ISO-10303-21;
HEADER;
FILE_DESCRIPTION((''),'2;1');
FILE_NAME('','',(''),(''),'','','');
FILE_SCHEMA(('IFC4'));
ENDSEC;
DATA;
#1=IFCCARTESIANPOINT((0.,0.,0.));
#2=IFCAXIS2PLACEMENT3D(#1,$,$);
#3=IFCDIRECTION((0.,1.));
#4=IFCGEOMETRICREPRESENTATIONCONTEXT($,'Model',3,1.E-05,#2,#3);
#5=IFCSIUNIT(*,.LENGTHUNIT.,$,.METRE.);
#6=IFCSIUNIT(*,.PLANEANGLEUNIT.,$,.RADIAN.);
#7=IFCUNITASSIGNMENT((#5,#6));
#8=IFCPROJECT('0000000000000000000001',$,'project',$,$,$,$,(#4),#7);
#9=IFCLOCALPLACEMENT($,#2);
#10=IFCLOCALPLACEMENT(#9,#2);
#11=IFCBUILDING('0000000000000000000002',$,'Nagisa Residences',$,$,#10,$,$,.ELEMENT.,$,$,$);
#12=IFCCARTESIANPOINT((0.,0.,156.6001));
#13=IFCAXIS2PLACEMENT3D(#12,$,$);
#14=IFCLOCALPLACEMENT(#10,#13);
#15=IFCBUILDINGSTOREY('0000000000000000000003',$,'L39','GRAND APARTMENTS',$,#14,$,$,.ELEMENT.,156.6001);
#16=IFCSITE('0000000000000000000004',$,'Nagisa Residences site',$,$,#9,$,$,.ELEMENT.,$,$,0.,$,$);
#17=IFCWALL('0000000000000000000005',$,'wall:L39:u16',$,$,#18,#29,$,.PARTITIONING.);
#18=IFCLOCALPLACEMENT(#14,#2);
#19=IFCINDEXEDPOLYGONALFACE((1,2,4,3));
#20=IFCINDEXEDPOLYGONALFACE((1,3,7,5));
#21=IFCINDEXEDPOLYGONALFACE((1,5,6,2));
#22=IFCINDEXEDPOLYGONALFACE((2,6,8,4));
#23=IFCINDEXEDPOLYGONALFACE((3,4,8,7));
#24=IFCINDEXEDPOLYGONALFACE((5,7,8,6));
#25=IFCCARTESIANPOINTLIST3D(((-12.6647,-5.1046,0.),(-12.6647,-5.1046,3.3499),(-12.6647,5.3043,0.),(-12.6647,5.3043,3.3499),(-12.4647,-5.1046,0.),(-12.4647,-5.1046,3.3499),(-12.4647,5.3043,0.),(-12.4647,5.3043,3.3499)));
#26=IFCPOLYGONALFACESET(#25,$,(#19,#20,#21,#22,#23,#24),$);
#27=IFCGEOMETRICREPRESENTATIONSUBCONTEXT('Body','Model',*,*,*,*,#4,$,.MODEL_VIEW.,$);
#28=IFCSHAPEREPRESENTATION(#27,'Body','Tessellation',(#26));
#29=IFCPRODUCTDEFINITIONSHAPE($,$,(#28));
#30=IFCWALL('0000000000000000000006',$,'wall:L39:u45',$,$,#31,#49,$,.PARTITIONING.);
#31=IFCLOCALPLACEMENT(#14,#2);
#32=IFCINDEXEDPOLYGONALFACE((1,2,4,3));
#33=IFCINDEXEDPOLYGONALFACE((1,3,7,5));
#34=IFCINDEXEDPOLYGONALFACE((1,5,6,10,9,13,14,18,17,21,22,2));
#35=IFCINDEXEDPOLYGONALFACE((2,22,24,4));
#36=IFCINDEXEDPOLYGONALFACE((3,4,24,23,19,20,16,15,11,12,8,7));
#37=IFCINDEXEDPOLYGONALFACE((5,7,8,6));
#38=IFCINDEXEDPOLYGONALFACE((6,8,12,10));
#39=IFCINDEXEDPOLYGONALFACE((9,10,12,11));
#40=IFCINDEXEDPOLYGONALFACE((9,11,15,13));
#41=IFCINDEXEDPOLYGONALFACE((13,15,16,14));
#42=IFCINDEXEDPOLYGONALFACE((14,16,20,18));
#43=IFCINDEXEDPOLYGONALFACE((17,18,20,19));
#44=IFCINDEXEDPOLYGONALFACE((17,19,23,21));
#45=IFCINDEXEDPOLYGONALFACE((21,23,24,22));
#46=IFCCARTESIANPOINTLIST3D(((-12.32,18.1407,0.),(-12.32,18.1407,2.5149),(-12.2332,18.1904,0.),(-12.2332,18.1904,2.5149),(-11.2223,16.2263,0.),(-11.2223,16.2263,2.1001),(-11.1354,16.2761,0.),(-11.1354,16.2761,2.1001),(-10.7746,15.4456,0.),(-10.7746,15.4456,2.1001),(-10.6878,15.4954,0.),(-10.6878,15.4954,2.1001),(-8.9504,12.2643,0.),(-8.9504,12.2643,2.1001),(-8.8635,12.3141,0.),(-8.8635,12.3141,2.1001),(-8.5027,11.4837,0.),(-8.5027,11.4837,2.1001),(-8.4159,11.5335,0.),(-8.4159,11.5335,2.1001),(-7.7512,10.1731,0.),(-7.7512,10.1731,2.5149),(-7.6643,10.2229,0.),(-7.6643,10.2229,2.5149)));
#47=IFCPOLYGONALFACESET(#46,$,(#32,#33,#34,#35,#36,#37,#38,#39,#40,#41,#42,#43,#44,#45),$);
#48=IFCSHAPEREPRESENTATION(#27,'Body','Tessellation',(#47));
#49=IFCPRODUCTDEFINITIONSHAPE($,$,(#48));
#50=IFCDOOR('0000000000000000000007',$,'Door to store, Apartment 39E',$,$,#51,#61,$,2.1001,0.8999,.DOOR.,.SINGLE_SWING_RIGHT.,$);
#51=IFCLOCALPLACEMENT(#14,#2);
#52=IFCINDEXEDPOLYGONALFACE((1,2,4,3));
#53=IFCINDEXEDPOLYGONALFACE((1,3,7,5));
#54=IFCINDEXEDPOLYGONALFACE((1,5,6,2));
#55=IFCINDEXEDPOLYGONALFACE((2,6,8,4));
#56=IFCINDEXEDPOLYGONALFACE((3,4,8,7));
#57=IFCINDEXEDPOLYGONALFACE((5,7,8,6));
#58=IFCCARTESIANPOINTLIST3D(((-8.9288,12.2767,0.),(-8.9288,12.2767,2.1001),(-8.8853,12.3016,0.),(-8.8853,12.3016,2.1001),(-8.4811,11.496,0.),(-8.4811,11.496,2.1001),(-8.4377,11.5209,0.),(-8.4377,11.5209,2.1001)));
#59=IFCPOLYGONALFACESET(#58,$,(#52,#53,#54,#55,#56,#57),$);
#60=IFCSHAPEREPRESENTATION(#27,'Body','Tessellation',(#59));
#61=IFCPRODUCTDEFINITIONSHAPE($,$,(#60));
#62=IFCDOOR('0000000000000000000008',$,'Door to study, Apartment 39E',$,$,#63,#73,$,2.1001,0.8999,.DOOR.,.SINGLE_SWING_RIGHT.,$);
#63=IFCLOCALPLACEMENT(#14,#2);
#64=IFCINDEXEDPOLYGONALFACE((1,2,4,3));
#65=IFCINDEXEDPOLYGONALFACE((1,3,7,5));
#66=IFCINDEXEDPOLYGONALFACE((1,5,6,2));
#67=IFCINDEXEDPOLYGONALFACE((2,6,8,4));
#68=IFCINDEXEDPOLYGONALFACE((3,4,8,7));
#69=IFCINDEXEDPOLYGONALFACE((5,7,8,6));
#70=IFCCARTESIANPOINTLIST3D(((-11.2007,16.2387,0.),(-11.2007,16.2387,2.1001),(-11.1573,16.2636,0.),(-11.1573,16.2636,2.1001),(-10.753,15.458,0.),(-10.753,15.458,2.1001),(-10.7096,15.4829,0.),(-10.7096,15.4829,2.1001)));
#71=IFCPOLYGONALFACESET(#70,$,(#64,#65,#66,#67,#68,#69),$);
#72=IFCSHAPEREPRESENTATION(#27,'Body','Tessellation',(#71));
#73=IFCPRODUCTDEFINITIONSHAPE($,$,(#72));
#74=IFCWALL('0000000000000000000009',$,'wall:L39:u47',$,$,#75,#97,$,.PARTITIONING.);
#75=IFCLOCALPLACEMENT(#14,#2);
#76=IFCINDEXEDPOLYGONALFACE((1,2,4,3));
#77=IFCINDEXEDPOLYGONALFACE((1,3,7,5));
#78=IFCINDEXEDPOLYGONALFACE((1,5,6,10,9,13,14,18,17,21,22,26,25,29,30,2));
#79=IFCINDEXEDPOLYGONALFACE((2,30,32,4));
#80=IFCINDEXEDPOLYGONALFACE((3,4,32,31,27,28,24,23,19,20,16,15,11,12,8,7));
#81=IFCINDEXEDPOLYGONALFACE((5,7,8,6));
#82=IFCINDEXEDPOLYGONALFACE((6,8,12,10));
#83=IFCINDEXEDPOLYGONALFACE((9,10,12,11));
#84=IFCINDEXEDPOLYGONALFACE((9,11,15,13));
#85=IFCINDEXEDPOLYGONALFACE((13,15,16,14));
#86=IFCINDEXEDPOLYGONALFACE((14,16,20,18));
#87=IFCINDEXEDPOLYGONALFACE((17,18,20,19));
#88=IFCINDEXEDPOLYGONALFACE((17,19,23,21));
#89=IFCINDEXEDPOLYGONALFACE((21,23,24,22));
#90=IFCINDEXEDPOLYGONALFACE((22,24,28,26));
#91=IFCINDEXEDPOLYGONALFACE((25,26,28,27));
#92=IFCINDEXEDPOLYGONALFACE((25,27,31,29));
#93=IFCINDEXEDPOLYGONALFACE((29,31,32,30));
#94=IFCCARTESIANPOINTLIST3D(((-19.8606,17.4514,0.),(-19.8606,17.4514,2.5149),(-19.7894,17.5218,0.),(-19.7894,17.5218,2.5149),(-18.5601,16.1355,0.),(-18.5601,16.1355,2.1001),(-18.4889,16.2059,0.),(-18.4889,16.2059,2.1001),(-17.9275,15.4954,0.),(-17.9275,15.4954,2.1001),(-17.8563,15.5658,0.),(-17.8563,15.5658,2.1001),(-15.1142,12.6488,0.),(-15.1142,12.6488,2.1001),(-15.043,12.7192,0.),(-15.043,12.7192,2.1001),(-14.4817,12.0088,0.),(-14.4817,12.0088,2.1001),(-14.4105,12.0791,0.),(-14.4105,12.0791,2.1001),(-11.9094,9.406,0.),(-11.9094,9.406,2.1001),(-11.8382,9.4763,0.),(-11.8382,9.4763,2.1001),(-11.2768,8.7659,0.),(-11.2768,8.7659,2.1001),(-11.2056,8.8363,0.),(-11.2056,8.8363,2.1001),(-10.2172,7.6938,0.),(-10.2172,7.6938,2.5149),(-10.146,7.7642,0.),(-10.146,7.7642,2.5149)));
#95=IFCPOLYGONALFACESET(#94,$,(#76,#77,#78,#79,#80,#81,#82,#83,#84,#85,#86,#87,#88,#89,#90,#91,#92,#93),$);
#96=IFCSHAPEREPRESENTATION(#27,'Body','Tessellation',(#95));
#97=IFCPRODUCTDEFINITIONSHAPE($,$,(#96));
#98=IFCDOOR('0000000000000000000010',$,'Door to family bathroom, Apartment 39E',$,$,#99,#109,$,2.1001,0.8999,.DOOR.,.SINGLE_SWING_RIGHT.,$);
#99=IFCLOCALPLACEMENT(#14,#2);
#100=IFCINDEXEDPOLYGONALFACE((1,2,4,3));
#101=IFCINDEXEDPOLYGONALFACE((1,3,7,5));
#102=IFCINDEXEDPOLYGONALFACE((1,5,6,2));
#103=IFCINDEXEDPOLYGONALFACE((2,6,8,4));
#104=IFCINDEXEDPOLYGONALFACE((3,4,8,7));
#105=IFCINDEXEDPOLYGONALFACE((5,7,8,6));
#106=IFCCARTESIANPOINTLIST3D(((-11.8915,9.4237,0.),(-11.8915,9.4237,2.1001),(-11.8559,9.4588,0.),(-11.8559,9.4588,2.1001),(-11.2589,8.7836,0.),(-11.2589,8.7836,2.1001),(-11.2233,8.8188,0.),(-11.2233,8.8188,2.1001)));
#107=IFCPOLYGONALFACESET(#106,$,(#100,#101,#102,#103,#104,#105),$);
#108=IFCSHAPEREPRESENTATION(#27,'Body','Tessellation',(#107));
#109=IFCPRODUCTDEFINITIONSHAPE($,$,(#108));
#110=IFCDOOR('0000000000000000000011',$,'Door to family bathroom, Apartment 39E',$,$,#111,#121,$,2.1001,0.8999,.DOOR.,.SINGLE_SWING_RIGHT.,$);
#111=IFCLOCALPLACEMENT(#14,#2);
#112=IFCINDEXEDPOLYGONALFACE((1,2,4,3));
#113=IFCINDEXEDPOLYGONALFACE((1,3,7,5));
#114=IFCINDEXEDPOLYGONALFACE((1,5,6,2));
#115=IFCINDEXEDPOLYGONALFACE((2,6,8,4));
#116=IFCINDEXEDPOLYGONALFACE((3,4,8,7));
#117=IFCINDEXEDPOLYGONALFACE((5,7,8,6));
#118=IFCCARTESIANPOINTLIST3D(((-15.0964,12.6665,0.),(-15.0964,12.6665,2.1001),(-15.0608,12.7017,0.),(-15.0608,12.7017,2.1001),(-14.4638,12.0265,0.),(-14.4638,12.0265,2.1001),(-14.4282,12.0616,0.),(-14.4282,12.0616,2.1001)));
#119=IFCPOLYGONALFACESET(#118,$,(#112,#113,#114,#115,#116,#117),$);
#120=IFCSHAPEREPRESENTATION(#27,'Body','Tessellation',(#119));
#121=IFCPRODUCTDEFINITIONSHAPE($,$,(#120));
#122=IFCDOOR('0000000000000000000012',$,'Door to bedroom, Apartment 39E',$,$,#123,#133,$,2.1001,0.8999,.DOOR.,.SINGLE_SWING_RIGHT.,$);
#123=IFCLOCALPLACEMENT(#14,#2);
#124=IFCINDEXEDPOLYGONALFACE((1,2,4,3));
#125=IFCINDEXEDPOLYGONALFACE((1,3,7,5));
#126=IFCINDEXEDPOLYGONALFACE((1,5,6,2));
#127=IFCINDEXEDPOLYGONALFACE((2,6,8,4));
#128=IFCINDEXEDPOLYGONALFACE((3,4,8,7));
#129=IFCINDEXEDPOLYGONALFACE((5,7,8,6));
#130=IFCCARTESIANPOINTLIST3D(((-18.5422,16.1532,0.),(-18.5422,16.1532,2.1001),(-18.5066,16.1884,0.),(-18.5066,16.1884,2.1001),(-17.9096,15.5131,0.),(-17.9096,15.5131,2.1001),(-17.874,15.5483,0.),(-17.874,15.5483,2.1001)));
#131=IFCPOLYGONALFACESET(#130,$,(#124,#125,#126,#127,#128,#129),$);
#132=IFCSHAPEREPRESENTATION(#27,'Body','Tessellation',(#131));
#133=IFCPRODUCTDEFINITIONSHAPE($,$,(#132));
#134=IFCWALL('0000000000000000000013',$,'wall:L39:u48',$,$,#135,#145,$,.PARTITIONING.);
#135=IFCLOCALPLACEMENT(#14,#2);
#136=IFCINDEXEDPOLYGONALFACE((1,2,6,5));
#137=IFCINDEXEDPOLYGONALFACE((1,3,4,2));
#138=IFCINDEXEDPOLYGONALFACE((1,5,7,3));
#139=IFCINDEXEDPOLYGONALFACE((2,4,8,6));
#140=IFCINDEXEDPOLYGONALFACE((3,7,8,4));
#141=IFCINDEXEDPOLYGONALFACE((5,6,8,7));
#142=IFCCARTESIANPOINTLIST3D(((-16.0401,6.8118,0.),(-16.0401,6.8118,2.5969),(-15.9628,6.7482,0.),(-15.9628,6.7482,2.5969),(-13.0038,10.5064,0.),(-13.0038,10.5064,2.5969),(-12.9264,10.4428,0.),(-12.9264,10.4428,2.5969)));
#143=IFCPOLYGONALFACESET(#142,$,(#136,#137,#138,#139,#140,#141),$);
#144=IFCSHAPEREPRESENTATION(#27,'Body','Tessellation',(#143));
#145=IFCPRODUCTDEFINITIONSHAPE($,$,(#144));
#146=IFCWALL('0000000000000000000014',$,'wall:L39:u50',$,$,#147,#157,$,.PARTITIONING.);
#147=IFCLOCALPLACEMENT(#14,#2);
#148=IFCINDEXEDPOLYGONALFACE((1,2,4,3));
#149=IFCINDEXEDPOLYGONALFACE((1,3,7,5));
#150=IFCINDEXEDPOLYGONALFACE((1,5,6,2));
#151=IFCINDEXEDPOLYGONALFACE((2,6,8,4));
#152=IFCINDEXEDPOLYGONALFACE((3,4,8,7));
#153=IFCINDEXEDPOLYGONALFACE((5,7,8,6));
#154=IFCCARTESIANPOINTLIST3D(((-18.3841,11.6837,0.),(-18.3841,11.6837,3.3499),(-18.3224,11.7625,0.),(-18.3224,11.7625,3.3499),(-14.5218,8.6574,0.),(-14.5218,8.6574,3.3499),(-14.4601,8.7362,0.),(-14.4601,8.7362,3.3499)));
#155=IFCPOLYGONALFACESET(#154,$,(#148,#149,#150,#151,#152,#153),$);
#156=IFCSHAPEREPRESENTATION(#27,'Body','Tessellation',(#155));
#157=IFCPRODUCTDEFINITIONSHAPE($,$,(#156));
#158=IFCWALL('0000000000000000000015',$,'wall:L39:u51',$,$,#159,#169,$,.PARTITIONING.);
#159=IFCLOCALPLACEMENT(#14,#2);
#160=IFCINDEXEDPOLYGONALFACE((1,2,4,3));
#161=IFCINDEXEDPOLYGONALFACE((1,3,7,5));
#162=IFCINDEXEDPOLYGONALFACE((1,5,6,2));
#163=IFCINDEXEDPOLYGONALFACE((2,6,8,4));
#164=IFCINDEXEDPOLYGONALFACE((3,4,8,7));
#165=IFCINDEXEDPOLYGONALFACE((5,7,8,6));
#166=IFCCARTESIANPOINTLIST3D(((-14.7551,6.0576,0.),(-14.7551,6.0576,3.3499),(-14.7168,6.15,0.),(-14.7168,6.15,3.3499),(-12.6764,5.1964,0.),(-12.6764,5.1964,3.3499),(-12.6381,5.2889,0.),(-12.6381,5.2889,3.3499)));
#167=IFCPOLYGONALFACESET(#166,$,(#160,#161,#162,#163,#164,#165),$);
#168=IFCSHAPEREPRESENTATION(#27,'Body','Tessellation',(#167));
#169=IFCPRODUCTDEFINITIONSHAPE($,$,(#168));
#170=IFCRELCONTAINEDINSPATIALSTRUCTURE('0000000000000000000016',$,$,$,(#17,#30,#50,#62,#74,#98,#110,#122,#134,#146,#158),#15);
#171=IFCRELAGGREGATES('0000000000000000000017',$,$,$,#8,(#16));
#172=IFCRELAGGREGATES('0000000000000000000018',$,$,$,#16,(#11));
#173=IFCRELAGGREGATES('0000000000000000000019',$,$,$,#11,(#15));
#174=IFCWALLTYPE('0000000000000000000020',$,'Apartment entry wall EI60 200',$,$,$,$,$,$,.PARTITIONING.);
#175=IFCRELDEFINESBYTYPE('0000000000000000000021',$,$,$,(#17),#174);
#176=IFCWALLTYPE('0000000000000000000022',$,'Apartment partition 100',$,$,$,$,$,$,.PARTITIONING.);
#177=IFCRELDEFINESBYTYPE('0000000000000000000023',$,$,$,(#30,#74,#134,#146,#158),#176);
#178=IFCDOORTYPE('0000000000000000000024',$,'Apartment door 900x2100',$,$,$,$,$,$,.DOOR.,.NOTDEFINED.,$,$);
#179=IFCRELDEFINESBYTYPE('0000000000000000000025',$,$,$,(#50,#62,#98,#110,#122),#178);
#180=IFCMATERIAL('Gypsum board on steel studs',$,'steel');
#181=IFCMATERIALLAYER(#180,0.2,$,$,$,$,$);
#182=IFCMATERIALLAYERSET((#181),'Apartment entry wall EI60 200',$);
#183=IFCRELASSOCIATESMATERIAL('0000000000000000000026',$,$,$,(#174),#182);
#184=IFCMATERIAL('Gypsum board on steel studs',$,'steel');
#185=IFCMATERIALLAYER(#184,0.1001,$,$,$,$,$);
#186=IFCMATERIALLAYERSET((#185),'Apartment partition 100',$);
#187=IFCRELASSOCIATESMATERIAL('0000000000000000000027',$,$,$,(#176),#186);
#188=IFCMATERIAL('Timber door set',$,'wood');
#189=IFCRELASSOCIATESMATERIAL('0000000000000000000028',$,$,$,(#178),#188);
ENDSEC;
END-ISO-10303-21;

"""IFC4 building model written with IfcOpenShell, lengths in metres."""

from ifc_helpers import new_model, si_unit, direction, frame, frame_2d, origin, place, context, subcontext, project, spatial, rectangle, extrude, material, layer, layer_set, type_object, element, fill, save


model = new_model("IFC4")

# Units and contexts
model_context = context("Model", 3, precision=1e-05, world=origin(), true_north=direction((0.0, 1.0)))
body_context = subcontext(model_context, "Body", "Model", "MODEL_VIEW")
ifc_project = project(units=[si_unit("LENGTHUNIT", "METRE"), si_unit("PLANEANGLEUNIT", "RADIAN")], contexts=[model_context])

# Site, building, storey
site_placement = place(None, origin())
site = spatial("IfcSite", under=ifc_project, at=site_placement, Name="Nagisa Residences site", CompositionType="ELEMENT", RefElevation=0.0)
building_placement = place(site_placement, origin())
building = spatial("IfcBuilding", under=site, at=building_placement, Name="Nagisa Residences", CompositionType="ELEMENT")
storey_placement = place(building_placement, frame((0.0, 0.0, 156.6001)))
storey = spatial("IfcBuildingStorey", under=building, at=storey_placement, Name="L39", Description="GRAND APARTMENTS", CompositionType="ELEMENT", Elevation=156.6001)

# Wall
ifc_material_1 = material(Name="Gypsum board on steel studs", Category="steel")
ifc_layer_1 = layer(ifc_material_1, 0.2)
ifc_layer_set_1 = layer_set([ifc_layer_1], Name="Apartment entry wall EI60 200")
wall_type_1 = type_object("IfcWallType", Name="Apartment entry wall EI60 200", PredefinedType="PARTITIONING", material=ifc_layer_set_1)
wall_1_placement = place(storey_placement, frame((-12.5647, 5.3044, 0.0), z_axis=(0.0, 0.0, 1.0), x_axis=(0.0, -1.0, 0.0)))
element("IfcWall", 1, at=wall_1_placement, inside=storey, type_object=wall_type_1, Name="wall:L39:u16", PredefinedType="PARTITIONING", context=body_context, shape_type="SweptSolid", body=[
    extrude(rectangle(XDim=10.4089, YDim=0.2, at=frame_2d((5.2046, 0.0))), origin(), (0.0, 0.0, 1.0), 3.3499),
])

# Walls, openings, doors
ifc_material_2 = material(Name="Gypsum board on steel studs", Category="steel")
ifc_layer_2 = layer(ifc_material_2, 0.1001)
ifc_layer_set_2 = layer_set([ifc_layer_2], Name="Apartment partition 100")
wall_type_2 = type_object("IfcWallType", Name="Apartment partition 100", PredefinedType="PARTITIONING", material=ifc_layer_set_2)
wall_2_placement = place(storey_placement, frame((-7.7078, 10.198, 0.0), z_axis=(0.0, 0.0, 1.0), x_axis=(-0.497449, 0.867493, 0.0)))
wall_2 = element("IfcWall", 2, at=wall_2_placement, inside=storey, type_object=wall_type_2, Name="wall:L39:u45", PredefinedType="PARTITIONING", context=body_context, shape_type="SweptSolid", body=[
    extrude(rectangle(XDim=9.1846, YDim=0.1001, at=frame_2d((4.5923, 0.0))), origin(), (0.0, 0.0, 1.0), 2.5149),
])
opening_1_placement = place(wall_2_placement, frame((1.5107, 0.0, 0.0)))
opening_1 = element("IfcOpeningElement", 3, at=opening_1_placement, cuts=wall_2, PredefinedType="OPENING", context=body_context, shape_type="SweptSolid", body=[
    extrude(rectangle(XDim=0.8999, YDim=2.1001, at=frame_2d((0.45, 1.05))), frame((0.0, 0.0601, 0.0), z_axis=(0.0, -1.0, 0.0), x_axis=(1.0, 0.0, 0.0)), (0.0, 0.0, 1.0), 0.1201),
])
opening_2_placement = place(wall_2_placement, frame((6.0779, 0.0, 0.0)))
opening_2 = element("IfcOpeningElement", 4, at=opening_2_placement, cuts=wall_2, PredefinedType="OPENING", context=body_context, shape_type="SweptSolid", body=[
    extrude(rectangle(XDim=0.8999, YDim=2.1001, at=frame_2d((0.45, 1.05))), frame((0.0, 0.0601, 0.0), z_axis=(0.0, -1.0, 0.0), x_axis=(1.0, 0.0, 0.0)), (0.0, 0.0, 1.0), 0.1201),
])
ifc_material_3 = material(Name="Timber door set", Category="wood")
door_type_1 = type_object("IfcDoorType", Name="Apartment door 900x2100", OperationType="NOTDEFINED", PredefinedType="DOOR", material=ifc_material_3)
door_1_placement = place(opening_1_placement, frame((0.8999, 0.0, 0.0), x_axis=(-1.0, 0.0, 0.0)))
door_1 = element("IfcDoor", 5, at=door_1_placement, inside=storey, type_object=door_type_1, Name="Door to store, Apartment 39E", OperationType="SINGLE_SWING_RIGHT", OverallHeight=2.1001, OverallWidth=0.8999, PredefinedType="DOOR", context=body_context, shape_type="SweptSolid", body=[
    extrude(rectangle(XDim=0.8999, YDim=2.1001, at=frame_2d((0.45, 1.05))), frame((0.0, 0.0249, 0.0), z_axis=(0.0, -1.0, 0.0), x_axis=(1.0, 0.0, 0.0)), (0.0, 0.0, 1.0), 0.05),
])
fill(opening_1, door_1)
door_2_placement = place(opening_2_placement, frame((0.8999, 0.0, 0.0), x_axis=(-1.0, 0.0, 0.0)))
door_2 = element("IfcDoor", 6, at=door_2_placement, inside=storey, type_object=door_type_1, Name="Door to study, Apartment 39E", OperationType="SINGLE_SWING_RIGHT", OverallHeight=2.1001, OverallWidth=0.8999, PredefinedType="DOOR", context=body_context, shape_type="SweptSolid", body=[
    extrude(rectangle(XDim=0.8999, YDim=2.1001, at=frame_2d((0.45, 1.05))), frame((0.0, 0.0249, 0.0), z_axis=(0.0, -1.0, 0.0), x_axis=(1.0, 0.0, 0.0)), (0.0, 0.0, 1.0), 0.05),
])
fill(opening_2, door_2)
wall_3_placement = place(storey_placement, frame((-10.1816, 7.729, 0.0), z_axis=(0.0, 0.0, 1.0), x_axis=(-0.70293, 0.711259, 0.0)))
wall_3 = element("IfcWall", 7, at=wall_3_placement, inside=storey, type_object=wall_type_2, Name="wall:L39:u47", PredefinedType="PARTITIONING", context=body_context, shape_type="SweptSolid", body=[
    extrude(rectangle(XDim=13.7188, YDim=0.1001, at=frame_2d((6.8594, 0.0))), origin(), (0.0, 0.0, 1.0), 2.5149),
])
opening_3_placement = place(wall_3_placement, frame((1.5073, 0.0, 0.0)))
opening_3 = element("IfcOpeningElement", 8, at=opening_3_placement, cuts=wall_3, PredefinedType="OPENING", context=body_context, shape_type="SweptSolid", body=[
    extrude(rectangle(XDim=0.8999, YDim=2.1001, at=frame_2d((0.45, 1.05))), frame((0.0, 0.0601, 0.0), z_axis=(0.0, -1.0, 0.0), x_axis=(1.0, 0.0, 0.0)), (0.0, 0.0, 1.0), 0.1201),
])
opening_4_placement = place(wall_3_placement, frame((6.0667, 0.0, 0.0)))
opening_4 = element("IfcOpeningElement", 9, at=opening_4_placement, cuts=wall_3, PredefinedType="OPENING", context=body_context, shape_type="SweptSolid", body=[
    extrude(rectangle(XDim=0.8999, YDim=2.1001, at=frame_2d((0.45, 1.05))), frame((0.0, 0.0601, 0.0), z_axis=(0.0, -1.0, 0.0), x_axis=(1.0, 0.0, 0.0)), (0.0, 0.0, 1.0), 0.1201),
])
opening_5_placement = place(wall_3_placement, frame((10.9688, 0.0, 0.0)))
opening_5 = element("IfcOpeningElement", 10, at=opening_5_placement, cuts=wall_3, PredefinedType="OPENING", context=body_context, shape_type="SweptSolid", body=[
    extrude(rectangle(XDim=0.8999, YDim=2.1001, at=frame_2d((0.45, 1.05))), frame((0.0, 0.0601, 0.0), z_axis=(0.0, -1.0, 0.0), x_axis=(1.0, 0.0, 0.0)), (0.0, 0.0, 1.0), 0.1201),
])
door_3_placement = place(opening_3_placement, origin())
door_3 = element("IfcDoor", 11, at=door_3_placement, inside=storey, type_object=door_type_1, Name="Door to family bathroom, Apartment 39E", OperationType="SINGLE_SWING_RIGHT", OverallHeight=2.1001, OverallWidth=0.8999, PredefinedType="DOOR", context=body_context, shape_type="SweptSolid", body=[
    extrude(rectangle(XDim=0.8999, YDim=2.1001, at=frame_2d((0.45, 1.05))), frame((0.0, 0.0249, 0.0), z_axis=(0.0, -1.0, 0.0), x_axis=(1.0, 0.0, 0.0)), (0.0, 0.0, 1.0), 0.05),
])
fill(opening_3, door_3)
door_4_placement = place(opening_4_placement, origin())
door_4 = element("IfcDoor", 12, at=door_4_placement, inside=storey, type_object=door_type_1, Name="Door to family bathroom, Apartment 39E", OperationType="SINGLE_SWING_RIGHT", OverallHeight=2.1001, OverallWidth=0.8999, PredefinedType="DOOR", context=body_context, shape_type="SweptSolid", body=[
    extrude(rectangle(XDim=0.8999, YDim=2.1001, at=frame_2d((0.45, 1.05))), frame((0.0, 0.0249, 0.0), z_axis=(0.0, -1.0, 0.0), x_axis=(1.0, 0.0, 0.0)), (0.0, 0.0, 1.0), 0.05),
])
fill(opening_4, door_4)
door_5_placement = place(opening_5_placement, origin())
door_5 = element("IfcDoor", 13, at=door_5_placement, inside=storey, type_object=door_type_1, Name="Door to bedroom, Apartment 39E", OperationType="SINGLE_SWING_RIGHT", OverallHeight=2.1001, OverallWidth=0.8999, PredefinedType="DOOR", context=body_context, shape_type="SweptSolid", body=[
    extrude(rectangle(XDim=0.8999, YDim=2.1001, at=frame_2d((0.45, 1.05))), frame((0.0, 0.0249, 0.0), z_axis=(0.0, -1.0, 0.0), x_axis=(1.0, 0.0, 0.0)), (0.0, 0.0, 1.0), 0.05),
])
fill(opening_5, door_5)

# Walls
wall_4_placement = place(storey_placement, frame((-12.9651, 10.4746, 0.0), z_axis=(0.0, 0.0, 1.0), x_axis=(-0.634932, -0.772568, 0.0)))
element("IfcWall", 14, at=wall_4_placement, inside=storey, type_object=wall_type_2, Name="wall:L39:u48", PredefinedType="PARTITIONING", context=body_context, shape_type="SweptSolid", body=[
    extrude(rectangle(XDim=4.7822, YDim=0.1001, at=frame_2d((2.3911, 0.0))), origin(), (0.0, 0.0, 1.0), 2.5969),
])
wall_5_placement = place(storey_placement, frame((-14.491, 8.6968, 0.0), z_axis=(0.0, 0.0, 1.0), x_axis=(-0.787139, 0.616775, 0.0)))
element("IfcWall", 15, at=wall_5_placement, inside=storey, type_object=wall_type_2, Name="wall:L39:u50", PredefinedType="PARTITIONING", context=body_context, shape_type="SweptSolid", body=[
    extrude(rectangle(XDim=4.9067, YDim=0.1001, at=frame_2d((2.4534, 0.0))), origin(), (0.0, 0.0, 1.0), 3.3499),
])
wall_6_placement = place(storey_placement, frame((-12.6572, 5.2427, 0.0), z_axis=(0.0, 0.0, 1.0), x_axis=(-0.923865, 0.382719, 0.0)))
element("IfcWall", 16, at=wall_6_placement, inside=storey, type_object=wall_type_2, Name="wall:L39:u51", PredefinedType="PARTITIONING", context=body_context, shape_type="SweptSolid", body=[
    extrude(rectangle(XDim=2.25, YDim=0.1001, at=frame_2d((1.125, 0.0))), origin(), (0.0, 0.0, 1.0), 3.3499),
])

save(model, "model.ifc")
